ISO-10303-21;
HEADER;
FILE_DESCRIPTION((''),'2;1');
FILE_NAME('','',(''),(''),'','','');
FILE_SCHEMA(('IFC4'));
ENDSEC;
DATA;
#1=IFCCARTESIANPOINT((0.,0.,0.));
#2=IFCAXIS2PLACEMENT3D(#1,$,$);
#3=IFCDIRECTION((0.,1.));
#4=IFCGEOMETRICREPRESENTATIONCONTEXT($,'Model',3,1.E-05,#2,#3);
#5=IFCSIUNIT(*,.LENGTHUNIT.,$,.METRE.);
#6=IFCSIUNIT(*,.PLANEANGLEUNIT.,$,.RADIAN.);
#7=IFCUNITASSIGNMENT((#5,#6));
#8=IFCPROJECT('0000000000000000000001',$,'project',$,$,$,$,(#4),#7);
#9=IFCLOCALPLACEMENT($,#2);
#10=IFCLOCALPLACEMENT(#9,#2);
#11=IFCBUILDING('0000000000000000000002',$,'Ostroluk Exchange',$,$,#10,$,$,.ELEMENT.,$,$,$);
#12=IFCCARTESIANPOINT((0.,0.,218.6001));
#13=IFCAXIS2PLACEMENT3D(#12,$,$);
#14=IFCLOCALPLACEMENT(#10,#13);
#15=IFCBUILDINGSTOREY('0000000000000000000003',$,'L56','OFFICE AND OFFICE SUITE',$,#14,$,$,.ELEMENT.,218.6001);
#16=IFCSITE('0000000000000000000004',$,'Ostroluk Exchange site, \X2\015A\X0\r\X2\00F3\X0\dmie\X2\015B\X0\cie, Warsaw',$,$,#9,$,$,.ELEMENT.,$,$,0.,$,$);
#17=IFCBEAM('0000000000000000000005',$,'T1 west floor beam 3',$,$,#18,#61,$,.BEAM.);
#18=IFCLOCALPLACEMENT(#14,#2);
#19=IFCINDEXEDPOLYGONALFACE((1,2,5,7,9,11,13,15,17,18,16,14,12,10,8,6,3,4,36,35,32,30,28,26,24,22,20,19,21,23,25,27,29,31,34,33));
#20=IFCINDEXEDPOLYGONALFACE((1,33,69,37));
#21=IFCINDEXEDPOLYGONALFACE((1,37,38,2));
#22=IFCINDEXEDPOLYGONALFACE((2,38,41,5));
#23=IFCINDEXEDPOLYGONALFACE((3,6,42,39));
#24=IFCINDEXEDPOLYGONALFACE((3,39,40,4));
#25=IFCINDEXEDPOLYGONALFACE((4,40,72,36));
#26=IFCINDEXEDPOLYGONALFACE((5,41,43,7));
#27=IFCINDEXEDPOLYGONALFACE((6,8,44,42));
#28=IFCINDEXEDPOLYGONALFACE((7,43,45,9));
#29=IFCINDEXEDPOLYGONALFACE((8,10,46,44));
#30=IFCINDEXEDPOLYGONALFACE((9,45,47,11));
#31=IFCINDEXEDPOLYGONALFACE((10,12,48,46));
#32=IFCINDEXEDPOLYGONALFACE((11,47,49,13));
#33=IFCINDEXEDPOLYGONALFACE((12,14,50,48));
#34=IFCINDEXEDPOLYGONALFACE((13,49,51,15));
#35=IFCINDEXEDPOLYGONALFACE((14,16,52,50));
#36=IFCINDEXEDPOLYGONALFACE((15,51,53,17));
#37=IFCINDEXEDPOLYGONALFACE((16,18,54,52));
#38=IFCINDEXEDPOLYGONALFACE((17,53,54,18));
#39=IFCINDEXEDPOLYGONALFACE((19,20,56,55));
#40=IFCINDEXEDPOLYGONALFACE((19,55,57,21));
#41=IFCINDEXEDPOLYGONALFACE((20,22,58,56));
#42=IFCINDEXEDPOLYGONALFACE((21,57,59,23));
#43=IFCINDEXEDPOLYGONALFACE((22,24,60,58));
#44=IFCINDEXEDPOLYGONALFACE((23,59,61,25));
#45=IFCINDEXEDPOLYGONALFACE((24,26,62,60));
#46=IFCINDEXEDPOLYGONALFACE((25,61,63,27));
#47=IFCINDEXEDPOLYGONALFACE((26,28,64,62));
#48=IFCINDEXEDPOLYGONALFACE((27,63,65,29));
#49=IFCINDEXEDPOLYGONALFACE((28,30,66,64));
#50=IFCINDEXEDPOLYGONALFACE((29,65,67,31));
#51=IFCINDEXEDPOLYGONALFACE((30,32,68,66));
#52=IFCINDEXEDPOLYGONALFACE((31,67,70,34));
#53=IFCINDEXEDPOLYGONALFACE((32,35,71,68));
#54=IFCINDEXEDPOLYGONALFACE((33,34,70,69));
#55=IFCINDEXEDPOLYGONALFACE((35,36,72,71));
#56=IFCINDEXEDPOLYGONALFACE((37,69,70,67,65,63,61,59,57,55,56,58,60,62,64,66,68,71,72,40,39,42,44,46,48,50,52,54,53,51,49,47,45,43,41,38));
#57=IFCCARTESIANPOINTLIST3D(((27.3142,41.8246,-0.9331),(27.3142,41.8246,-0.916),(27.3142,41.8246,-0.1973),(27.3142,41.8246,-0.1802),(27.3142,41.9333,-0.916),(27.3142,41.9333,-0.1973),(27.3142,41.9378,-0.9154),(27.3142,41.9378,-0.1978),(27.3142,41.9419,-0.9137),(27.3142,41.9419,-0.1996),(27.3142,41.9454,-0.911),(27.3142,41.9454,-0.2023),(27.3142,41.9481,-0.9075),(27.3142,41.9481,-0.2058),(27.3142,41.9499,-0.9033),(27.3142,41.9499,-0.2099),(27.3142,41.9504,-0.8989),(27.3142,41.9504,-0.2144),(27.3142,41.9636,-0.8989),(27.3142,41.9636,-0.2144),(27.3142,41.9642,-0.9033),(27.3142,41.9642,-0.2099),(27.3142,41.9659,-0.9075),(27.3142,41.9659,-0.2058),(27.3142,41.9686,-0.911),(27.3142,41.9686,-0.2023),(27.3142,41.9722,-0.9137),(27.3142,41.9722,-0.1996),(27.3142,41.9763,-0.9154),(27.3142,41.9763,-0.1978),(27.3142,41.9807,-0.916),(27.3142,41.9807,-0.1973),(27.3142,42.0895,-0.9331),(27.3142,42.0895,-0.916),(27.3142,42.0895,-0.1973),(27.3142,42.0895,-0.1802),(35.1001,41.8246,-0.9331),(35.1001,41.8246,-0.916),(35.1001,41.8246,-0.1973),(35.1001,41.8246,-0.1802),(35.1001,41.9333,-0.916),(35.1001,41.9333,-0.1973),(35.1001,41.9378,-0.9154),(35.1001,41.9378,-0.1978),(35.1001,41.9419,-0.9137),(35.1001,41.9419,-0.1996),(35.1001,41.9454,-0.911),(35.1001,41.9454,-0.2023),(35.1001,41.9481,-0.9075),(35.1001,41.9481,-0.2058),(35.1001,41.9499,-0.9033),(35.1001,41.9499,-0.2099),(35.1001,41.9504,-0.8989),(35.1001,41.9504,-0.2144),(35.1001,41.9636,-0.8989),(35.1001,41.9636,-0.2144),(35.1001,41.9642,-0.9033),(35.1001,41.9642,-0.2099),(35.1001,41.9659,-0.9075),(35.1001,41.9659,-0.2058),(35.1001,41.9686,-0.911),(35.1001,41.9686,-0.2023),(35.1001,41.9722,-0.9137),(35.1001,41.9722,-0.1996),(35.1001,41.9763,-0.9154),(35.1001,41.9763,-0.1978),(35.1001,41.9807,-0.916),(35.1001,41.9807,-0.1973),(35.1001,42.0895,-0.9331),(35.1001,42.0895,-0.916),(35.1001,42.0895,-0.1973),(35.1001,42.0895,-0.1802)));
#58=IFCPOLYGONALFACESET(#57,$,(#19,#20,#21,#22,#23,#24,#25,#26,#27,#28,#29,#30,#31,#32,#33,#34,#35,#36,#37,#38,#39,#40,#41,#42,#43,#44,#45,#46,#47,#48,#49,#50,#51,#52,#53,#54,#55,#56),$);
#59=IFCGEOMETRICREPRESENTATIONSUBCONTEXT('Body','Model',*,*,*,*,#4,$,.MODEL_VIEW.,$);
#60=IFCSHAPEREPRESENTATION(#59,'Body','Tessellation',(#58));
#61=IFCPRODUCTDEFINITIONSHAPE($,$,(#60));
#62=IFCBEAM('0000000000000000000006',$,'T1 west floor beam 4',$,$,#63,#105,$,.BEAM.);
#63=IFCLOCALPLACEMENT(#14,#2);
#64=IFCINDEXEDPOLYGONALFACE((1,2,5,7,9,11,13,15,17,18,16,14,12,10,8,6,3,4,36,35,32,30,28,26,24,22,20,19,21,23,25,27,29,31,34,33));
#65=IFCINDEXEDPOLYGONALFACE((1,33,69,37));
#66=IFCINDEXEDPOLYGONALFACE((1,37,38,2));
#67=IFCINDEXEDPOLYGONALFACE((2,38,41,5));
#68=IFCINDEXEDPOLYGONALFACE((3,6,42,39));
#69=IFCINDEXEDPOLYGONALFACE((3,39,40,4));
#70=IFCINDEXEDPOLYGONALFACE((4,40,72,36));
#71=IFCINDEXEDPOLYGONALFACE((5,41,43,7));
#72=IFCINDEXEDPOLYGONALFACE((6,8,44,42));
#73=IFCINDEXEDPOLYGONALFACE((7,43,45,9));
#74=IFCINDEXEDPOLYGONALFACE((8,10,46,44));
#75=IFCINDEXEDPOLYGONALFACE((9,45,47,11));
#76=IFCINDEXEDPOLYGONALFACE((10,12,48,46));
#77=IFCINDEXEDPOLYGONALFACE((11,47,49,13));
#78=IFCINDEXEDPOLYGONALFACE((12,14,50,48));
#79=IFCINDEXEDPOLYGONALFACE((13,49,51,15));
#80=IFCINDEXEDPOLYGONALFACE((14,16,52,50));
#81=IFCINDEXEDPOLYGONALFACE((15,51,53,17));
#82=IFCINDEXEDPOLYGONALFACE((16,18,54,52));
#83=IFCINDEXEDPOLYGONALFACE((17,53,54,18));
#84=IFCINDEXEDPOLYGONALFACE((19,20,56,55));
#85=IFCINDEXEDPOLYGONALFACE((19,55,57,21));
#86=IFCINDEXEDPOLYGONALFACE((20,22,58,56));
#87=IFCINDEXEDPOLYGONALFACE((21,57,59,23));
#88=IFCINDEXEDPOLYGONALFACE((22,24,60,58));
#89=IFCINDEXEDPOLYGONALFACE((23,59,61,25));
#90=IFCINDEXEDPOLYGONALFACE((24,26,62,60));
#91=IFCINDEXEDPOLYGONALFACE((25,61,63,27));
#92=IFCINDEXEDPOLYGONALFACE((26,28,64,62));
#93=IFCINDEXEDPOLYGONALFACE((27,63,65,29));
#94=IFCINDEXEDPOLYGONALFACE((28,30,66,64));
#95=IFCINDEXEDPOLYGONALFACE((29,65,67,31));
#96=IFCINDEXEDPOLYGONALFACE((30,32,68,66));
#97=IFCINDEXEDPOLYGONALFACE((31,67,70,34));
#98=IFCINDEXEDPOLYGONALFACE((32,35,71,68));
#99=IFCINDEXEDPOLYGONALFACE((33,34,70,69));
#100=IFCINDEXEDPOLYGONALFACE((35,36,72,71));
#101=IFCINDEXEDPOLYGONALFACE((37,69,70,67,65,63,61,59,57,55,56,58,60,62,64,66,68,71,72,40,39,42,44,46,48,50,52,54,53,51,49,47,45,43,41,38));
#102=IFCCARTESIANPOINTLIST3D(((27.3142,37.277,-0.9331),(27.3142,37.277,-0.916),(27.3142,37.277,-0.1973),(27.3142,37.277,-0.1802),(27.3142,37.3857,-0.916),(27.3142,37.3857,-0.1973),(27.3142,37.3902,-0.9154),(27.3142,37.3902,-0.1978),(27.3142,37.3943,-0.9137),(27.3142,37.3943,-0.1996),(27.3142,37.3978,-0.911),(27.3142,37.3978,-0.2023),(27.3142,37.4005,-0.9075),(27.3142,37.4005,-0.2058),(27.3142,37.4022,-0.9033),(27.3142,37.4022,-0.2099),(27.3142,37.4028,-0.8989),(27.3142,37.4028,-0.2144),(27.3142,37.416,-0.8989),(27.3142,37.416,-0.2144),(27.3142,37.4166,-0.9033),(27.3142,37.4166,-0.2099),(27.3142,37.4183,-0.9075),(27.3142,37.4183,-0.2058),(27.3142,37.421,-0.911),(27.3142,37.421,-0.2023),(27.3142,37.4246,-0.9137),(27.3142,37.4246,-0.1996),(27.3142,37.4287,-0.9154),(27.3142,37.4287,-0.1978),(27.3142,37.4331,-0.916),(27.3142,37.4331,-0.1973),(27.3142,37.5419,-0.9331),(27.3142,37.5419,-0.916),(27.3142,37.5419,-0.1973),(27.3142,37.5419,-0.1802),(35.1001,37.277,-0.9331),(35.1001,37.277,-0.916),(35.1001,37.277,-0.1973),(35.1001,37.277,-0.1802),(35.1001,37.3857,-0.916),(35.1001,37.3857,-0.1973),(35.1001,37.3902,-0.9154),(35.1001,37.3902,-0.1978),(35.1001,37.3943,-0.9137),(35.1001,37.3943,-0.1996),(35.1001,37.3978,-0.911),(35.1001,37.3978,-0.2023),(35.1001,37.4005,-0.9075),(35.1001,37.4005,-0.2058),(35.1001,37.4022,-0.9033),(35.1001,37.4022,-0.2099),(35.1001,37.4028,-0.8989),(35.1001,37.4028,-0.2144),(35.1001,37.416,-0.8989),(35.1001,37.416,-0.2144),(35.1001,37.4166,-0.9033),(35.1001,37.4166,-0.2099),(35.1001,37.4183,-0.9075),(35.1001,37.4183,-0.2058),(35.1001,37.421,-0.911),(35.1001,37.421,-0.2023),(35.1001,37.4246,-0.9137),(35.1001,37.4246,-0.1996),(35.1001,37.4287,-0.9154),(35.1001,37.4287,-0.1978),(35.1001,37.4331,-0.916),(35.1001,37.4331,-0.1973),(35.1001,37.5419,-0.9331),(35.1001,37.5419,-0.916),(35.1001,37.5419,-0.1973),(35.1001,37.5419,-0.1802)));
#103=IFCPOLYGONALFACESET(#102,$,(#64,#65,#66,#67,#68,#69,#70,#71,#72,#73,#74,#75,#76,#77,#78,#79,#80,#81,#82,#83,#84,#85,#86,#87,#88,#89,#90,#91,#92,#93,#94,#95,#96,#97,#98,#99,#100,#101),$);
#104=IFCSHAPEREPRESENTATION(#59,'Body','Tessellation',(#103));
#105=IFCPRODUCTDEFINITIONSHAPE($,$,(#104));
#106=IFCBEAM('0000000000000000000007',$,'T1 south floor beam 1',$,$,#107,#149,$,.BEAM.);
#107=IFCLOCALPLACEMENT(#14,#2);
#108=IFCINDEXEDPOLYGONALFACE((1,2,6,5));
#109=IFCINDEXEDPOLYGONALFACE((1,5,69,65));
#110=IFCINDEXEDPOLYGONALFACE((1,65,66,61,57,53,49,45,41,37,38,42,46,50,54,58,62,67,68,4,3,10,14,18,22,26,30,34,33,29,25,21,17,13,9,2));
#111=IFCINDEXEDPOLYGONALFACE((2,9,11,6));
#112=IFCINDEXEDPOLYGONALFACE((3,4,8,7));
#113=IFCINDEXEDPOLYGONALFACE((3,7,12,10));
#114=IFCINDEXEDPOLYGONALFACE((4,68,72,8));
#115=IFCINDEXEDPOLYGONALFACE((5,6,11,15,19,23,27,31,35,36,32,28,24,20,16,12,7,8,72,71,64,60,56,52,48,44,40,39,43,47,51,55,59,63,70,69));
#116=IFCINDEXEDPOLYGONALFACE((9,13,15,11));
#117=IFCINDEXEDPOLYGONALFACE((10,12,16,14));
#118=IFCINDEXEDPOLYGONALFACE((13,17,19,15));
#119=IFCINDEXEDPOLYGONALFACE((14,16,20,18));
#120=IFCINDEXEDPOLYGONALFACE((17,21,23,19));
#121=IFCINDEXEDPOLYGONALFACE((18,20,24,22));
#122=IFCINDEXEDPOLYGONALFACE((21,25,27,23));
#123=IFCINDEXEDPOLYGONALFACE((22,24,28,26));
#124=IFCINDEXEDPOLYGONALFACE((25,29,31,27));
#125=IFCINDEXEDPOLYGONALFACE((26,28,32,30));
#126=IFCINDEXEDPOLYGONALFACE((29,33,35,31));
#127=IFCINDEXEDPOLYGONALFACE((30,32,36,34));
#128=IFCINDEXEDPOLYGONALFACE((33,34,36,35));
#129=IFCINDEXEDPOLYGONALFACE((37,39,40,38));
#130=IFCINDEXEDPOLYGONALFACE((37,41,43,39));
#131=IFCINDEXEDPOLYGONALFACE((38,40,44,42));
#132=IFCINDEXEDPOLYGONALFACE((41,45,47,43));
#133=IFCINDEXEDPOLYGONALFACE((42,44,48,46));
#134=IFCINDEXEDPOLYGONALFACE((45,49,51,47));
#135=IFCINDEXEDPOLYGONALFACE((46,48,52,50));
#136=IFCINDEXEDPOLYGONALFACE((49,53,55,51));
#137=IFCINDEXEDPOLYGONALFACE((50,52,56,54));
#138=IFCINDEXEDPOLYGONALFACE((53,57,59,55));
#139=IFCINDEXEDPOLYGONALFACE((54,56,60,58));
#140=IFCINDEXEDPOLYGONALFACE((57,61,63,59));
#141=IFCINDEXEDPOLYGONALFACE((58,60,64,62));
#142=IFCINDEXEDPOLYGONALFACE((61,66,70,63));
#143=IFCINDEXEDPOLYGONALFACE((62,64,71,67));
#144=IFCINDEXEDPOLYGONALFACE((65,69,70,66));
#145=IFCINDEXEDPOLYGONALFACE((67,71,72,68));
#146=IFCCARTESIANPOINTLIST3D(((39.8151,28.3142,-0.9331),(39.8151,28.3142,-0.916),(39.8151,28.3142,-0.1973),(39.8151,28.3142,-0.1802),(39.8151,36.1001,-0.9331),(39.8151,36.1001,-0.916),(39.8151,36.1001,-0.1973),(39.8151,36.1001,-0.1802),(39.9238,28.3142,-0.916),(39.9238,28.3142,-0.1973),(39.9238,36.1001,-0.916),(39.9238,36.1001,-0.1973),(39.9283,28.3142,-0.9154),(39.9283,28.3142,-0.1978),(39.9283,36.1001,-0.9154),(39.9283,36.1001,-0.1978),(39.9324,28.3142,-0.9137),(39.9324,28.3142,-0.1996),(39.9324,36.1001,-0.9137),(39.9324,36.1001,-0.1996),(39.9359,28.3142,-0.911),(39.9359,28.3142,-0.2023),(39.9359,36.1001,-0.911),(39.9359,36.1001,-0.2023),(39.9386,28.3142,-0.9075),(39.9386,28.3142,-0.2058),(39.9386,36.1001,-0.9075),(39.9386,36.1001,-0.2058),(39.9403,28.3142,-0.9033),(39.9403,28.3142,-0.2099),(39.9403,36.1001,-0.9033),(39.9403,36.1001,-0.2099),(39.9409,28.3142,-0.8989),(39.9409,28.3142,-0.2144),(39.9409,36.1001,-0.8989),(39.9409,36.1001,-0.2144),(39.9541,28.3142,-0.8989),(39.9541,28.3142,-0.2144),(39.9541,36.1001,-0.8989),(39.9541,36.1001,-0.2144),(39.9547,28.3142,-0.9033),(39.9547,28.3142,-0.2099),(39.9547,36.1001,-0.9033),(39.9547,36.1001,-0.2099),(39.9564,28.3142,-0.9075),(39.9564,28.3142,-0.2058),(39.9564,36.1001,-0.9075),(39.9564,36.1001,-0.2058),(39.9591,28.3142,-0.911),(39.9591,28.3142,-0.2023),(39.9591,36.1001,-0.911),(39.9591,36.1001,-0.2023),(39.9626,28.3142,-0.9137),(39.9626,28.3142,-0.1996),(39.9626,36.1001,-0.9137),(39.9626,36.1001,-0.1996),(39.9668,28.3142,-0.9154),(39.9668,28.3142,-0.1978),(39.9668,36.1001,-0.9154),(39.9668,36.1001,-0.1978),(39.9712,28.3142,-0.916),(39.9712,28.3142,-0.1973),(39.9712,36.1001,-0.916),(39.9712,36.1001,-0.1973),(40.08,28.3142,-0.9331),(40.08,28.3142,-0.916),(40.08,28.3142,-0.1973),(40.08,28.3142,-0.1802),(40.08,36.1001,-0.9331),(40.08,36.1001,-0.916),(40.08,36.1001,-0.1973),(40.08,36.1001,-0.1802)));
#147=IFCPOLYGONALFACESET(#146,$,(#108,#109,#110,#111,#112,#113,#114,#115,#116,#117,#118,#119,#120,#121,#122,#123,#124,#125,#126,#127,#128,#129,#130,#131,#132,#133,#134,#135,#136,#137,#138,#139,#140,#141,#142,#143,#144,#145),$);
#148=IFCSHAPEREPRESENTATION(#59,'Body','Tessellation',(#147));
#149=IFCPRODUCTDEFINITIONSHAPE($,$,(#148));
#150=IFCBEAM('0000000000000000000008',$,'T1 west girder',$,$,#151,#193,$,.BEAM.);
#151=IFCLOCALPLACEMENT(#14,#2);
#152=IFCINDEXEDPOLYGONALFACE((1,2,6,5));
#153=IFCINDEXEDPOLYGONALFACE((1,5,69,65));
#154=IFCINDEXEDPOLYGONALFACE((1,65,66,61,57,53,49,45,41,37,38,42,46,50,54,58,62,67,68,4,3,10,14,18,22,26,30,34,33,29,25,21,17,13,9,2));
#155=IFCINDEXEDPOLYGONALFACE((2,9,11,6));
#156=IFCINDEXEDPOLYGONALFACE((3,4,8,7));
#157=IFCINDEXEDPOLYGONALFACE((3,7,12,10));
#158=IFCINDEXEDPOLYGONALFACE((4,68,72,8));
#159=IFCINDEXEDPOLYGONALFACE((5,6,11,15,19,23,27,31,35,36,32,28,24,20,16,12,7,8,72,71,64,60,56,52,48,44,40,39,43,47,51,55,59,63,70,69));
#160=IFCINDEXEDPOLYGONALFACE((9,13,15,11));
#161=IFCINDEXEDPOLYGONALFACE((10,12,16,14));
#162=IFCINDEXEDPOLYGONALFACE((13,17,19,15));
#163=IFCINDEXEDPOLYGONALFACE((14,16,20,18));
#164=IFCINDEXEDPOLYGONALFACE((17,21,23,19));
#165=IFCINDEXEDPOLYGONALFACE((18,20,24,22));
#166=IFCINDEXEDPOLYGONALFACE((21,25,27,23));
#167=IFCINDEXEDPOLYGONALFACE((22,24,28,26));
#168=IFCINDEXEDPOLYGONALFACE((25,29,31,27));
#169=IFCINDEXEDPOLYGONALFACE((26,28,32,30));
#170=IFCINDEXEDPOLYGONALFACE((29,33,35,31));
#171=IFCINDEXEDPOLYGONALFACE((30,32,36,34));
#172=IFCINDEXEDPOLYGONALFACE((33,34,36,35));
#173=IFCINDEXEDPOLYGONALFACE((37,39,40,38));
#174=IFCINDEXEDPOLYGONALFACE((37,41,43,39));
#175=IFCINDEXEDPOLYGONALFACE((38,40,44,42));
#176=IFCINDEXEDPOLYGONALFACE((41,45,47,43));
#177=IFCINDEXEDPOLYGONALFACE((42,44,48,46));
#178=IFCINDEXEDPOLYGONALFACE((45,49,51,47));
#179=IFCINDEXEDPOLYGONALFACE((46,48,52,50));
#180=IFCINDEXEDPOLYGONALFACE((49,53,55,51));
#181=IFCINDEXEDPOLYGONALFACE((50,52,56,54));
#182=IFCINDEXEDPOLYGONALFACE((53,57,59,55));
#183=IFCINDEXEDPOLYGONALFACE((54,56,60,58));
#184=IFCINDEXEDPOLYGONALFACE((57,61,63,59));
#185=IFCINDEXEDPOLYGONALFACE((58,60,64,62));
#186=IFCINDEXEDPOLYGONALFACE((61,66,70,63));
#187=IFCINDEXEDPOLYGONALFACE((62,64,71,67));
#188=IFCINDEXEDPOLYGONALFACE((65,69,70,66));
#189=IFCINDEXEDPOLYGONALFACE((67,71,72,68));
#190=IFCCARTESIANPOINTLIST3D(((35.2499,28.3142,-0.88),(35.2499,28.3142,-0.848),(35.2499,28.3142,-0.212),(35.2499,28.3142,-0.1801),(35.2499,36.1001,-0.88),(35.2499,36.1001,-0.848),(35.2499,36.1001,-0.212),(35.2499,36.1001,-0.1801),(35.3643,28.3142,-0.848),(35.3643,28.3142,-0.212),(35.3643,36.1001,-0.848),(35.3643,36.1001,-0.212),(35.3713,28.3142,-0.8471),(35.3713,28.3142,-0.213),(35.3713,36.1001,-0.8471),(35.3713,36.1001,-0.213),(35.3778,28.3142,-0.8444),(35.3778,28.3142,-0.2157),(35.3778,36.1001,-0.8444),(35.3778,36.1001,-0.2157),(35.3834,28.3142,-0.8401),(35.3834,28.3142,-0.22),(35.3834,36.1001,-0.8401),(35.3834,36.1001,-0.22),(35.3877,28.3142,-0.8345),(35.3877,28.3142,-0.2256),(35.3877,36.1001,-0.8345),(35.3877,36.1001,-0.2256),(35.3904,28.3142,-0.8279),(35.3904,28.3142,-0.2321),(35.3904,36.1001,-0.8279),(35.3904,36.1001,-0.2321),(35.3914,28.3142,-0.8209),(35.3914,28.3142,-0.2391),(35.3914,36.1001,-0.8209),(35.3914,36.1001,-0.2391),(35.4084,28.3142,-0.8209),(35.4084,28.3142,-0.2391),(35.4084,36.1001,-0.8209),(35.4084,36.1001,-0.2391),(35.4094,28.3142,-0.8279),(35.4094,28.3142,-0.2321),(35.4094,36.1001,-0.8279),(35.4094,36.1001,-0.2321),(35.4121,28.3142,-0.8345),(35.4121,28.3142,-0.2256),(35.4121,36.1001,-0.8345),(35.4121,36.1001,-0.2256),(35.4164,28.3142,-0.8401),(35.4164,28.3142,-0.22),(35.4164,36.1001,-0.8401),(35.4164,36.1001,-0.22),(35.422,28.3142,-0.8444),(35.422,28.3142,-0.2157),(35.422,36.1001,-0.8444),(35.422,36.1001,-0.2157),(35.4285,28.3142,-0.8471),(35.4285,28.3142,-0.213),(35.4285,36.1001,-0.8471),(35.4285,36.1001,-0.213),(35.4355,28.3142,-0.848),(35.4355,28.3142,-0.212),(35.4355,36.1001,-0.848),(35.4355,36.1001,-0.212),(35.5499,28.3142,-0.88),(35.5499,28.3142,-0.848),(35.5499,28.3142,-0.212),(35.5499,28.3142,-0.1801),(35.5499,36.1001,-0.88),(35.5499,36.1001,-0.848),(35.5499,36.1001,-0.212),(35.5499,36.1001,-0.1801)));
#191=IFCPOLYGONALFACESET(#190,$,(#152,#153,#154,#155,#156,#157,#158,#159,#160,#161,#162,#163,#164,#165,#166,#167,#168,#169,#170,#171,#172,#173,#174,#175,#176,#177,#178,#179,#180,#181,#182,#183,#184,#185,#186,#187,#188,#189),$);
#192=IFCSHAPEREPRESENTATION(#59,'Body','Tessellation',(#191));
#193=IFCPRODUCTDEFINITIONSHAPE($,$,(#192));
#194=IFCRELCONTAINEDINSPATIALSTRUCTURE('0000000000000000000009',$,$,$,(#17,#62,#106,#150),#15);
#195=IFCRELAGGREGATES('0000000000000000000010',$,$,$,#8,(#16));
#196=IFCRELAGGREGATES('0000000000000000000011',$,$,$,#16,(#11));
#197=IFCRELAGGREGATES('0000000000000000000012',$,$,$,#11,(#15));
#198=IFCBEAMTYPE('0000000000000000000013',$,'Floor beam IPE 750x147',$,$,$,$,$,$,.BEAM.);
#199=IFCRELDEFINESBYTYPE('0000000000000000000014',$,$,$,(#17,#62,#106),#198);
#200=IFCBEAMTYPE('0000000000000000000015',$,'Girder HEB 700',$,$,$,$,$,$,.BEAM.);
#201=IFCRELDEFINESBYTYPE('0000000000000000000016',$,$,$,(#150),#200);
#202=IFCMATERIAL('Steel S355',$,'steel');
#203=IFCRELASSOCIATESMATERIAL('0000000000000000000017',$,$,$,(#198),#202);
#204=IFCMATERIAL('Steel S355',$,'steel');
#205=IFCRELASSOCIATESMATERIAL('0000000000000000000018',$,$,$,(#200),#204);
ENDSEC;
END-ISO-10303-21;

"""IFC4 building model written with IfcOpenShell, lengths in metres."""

from ifc_helpers import new_model, si_unit, direction, frame, origin, origin_2d, place, context, subcontext, project, spatial, i_section, extrude, material, material_profile, profile_set, type_object, element, save


model = new_model("IFC4")

# Units and contexts
model_context = context("Model", 3, precision=1e-05, world=origin(), true_north=direction((0.0, 1.0)))
body_context = subcontext(model_context, "Body", "Model", "MODEL_VIEW")
ifc_project = project(units=[si_unit("LENGTHUNIT", "METRE"), si_unit("PLANEANGLEUNIT", "RADIAN")], contexts=[model_context])

# Site, building, storey
site_placement = place(None, origin())
site = spatial("IfcSite", under=ifc_project, at=site_placement, Name="Ostroluk Exchange site, Śródmieście, Warsaw", CompositionType="ELEMENT", RefElevation=0.0)
building_placement = place(site_placement, origin())
building = spatial("IfcBuilding", under=site, at=building_placement, Name="Ostroluk Exchange", CompositionType="ELEMENT")
storey_placement = place(building_placement, frame((0.0, 0.0, 218.6001)))
storey = spatial("IfcBuildingStorey", under=building, at=storey_placement, Name="L56", Description="OFFICE AND OFFICE SUITE", CompositionType="ELEMENT", Elevation=218.6001)

# Beams
ifc_material_1 = material(Name="Steel S355", Category="steel")
ifc_material_profile_1 = material_profile(ifc_material_1, i_section(OverallWidth=0.2649, OverallDepth=0.7529, WebThickness=0.0132, FlangeThickness=0.0171, FilletRadius=0.0171, at=origin_2d()), Name="IPE 750x147")
ifc_profile_set_1 = profile_set([ifc_material_profile_1], Name="Steel S355")
beam_type_1 = type_object("IfcBeamType", Name="Floor beam IPE 750x147", PredefinedType="BEAM", material=ifc_profile_set_1)
for number, where, z_axis, x_axis, name in (
    (1, (35.1001, 41.957, -0.5566), (-1.0, 0.0, 0.0), (0.0, -1.0, 0.0), "T1 west floor beam 3"),
    (2, (35.1001, 37.4094, -0.5566), (-1.0, 0.0, 0.0), (0.0, -1.0, 0.0), "T1 west floor beam 4"),
    (3, (39.9475, 36.1001, -0.5566), (0.0, -1.0, 0.0), (1.0, 0.0, 0.0), "T1 south floor beam 1"),
):
    element("IfcBeam", number, at=place(storey_placement, frame(where, z_axis=z_axis, x_axis=x_axis)), inside=storey, type_object=beam_type_1, Name=name, PredefinedType="BEAM", context=body_context, shape_type="SweptSolid", body=[
        extrude(i_section(OverallWidth=0.2649, OverallDepth=0.7529, WebThickness=0.0132, FlangeThickness=0.0171, FilletRadius=0.0171, at=origin_2d()), origin(), (0.0, 0.0, 1.0), 7.7859),
    ])
ifc_material_2 = material(Name="Steel S355", Category="steel")
ifc_material_profile_2 = material_profile(ifc_material_2, i_section(OverallWidth=0.3, OverallDepth=0.7, WebThickness=0.0171, FlangeThickness=0.032, FilletRadius=0.0271, at=origin_2d()), Name="HEB 700")
ifc_profile_set_2 = profile_set([ifc_material_profile_2], Name="Steel S355")
beam_type_2 = type_object("IfcBeamType", Name="Girder HEB 700", PredefinedType="BEAM", material=ifc_profile_set_2)
beam_placement = place(storey_placement, frame((35.3999, 36.1001, -0.53), z_axis=(0.0, -1.0, 0.0), x_axis=(1.0, 0.0, 0.0)))
element("IfcBeam", 4, at=beam_placement, inside=storey, type_object=beam_type_2, Name="T1 west girder", PredefinedType="BEAM", context=body_context, shape_type="SweptSolid", body=[
    extrude(i_section(OverallWidth=0.3, OverallDepth=0.7, WebThickness=0.0171, FlangeThickness=0.032, FilletRadius=0.0271, at=origin_2d()), origin(), (0.0, 0.0, 1.0), 7.7859),
])

save(model, "model.ifc")
